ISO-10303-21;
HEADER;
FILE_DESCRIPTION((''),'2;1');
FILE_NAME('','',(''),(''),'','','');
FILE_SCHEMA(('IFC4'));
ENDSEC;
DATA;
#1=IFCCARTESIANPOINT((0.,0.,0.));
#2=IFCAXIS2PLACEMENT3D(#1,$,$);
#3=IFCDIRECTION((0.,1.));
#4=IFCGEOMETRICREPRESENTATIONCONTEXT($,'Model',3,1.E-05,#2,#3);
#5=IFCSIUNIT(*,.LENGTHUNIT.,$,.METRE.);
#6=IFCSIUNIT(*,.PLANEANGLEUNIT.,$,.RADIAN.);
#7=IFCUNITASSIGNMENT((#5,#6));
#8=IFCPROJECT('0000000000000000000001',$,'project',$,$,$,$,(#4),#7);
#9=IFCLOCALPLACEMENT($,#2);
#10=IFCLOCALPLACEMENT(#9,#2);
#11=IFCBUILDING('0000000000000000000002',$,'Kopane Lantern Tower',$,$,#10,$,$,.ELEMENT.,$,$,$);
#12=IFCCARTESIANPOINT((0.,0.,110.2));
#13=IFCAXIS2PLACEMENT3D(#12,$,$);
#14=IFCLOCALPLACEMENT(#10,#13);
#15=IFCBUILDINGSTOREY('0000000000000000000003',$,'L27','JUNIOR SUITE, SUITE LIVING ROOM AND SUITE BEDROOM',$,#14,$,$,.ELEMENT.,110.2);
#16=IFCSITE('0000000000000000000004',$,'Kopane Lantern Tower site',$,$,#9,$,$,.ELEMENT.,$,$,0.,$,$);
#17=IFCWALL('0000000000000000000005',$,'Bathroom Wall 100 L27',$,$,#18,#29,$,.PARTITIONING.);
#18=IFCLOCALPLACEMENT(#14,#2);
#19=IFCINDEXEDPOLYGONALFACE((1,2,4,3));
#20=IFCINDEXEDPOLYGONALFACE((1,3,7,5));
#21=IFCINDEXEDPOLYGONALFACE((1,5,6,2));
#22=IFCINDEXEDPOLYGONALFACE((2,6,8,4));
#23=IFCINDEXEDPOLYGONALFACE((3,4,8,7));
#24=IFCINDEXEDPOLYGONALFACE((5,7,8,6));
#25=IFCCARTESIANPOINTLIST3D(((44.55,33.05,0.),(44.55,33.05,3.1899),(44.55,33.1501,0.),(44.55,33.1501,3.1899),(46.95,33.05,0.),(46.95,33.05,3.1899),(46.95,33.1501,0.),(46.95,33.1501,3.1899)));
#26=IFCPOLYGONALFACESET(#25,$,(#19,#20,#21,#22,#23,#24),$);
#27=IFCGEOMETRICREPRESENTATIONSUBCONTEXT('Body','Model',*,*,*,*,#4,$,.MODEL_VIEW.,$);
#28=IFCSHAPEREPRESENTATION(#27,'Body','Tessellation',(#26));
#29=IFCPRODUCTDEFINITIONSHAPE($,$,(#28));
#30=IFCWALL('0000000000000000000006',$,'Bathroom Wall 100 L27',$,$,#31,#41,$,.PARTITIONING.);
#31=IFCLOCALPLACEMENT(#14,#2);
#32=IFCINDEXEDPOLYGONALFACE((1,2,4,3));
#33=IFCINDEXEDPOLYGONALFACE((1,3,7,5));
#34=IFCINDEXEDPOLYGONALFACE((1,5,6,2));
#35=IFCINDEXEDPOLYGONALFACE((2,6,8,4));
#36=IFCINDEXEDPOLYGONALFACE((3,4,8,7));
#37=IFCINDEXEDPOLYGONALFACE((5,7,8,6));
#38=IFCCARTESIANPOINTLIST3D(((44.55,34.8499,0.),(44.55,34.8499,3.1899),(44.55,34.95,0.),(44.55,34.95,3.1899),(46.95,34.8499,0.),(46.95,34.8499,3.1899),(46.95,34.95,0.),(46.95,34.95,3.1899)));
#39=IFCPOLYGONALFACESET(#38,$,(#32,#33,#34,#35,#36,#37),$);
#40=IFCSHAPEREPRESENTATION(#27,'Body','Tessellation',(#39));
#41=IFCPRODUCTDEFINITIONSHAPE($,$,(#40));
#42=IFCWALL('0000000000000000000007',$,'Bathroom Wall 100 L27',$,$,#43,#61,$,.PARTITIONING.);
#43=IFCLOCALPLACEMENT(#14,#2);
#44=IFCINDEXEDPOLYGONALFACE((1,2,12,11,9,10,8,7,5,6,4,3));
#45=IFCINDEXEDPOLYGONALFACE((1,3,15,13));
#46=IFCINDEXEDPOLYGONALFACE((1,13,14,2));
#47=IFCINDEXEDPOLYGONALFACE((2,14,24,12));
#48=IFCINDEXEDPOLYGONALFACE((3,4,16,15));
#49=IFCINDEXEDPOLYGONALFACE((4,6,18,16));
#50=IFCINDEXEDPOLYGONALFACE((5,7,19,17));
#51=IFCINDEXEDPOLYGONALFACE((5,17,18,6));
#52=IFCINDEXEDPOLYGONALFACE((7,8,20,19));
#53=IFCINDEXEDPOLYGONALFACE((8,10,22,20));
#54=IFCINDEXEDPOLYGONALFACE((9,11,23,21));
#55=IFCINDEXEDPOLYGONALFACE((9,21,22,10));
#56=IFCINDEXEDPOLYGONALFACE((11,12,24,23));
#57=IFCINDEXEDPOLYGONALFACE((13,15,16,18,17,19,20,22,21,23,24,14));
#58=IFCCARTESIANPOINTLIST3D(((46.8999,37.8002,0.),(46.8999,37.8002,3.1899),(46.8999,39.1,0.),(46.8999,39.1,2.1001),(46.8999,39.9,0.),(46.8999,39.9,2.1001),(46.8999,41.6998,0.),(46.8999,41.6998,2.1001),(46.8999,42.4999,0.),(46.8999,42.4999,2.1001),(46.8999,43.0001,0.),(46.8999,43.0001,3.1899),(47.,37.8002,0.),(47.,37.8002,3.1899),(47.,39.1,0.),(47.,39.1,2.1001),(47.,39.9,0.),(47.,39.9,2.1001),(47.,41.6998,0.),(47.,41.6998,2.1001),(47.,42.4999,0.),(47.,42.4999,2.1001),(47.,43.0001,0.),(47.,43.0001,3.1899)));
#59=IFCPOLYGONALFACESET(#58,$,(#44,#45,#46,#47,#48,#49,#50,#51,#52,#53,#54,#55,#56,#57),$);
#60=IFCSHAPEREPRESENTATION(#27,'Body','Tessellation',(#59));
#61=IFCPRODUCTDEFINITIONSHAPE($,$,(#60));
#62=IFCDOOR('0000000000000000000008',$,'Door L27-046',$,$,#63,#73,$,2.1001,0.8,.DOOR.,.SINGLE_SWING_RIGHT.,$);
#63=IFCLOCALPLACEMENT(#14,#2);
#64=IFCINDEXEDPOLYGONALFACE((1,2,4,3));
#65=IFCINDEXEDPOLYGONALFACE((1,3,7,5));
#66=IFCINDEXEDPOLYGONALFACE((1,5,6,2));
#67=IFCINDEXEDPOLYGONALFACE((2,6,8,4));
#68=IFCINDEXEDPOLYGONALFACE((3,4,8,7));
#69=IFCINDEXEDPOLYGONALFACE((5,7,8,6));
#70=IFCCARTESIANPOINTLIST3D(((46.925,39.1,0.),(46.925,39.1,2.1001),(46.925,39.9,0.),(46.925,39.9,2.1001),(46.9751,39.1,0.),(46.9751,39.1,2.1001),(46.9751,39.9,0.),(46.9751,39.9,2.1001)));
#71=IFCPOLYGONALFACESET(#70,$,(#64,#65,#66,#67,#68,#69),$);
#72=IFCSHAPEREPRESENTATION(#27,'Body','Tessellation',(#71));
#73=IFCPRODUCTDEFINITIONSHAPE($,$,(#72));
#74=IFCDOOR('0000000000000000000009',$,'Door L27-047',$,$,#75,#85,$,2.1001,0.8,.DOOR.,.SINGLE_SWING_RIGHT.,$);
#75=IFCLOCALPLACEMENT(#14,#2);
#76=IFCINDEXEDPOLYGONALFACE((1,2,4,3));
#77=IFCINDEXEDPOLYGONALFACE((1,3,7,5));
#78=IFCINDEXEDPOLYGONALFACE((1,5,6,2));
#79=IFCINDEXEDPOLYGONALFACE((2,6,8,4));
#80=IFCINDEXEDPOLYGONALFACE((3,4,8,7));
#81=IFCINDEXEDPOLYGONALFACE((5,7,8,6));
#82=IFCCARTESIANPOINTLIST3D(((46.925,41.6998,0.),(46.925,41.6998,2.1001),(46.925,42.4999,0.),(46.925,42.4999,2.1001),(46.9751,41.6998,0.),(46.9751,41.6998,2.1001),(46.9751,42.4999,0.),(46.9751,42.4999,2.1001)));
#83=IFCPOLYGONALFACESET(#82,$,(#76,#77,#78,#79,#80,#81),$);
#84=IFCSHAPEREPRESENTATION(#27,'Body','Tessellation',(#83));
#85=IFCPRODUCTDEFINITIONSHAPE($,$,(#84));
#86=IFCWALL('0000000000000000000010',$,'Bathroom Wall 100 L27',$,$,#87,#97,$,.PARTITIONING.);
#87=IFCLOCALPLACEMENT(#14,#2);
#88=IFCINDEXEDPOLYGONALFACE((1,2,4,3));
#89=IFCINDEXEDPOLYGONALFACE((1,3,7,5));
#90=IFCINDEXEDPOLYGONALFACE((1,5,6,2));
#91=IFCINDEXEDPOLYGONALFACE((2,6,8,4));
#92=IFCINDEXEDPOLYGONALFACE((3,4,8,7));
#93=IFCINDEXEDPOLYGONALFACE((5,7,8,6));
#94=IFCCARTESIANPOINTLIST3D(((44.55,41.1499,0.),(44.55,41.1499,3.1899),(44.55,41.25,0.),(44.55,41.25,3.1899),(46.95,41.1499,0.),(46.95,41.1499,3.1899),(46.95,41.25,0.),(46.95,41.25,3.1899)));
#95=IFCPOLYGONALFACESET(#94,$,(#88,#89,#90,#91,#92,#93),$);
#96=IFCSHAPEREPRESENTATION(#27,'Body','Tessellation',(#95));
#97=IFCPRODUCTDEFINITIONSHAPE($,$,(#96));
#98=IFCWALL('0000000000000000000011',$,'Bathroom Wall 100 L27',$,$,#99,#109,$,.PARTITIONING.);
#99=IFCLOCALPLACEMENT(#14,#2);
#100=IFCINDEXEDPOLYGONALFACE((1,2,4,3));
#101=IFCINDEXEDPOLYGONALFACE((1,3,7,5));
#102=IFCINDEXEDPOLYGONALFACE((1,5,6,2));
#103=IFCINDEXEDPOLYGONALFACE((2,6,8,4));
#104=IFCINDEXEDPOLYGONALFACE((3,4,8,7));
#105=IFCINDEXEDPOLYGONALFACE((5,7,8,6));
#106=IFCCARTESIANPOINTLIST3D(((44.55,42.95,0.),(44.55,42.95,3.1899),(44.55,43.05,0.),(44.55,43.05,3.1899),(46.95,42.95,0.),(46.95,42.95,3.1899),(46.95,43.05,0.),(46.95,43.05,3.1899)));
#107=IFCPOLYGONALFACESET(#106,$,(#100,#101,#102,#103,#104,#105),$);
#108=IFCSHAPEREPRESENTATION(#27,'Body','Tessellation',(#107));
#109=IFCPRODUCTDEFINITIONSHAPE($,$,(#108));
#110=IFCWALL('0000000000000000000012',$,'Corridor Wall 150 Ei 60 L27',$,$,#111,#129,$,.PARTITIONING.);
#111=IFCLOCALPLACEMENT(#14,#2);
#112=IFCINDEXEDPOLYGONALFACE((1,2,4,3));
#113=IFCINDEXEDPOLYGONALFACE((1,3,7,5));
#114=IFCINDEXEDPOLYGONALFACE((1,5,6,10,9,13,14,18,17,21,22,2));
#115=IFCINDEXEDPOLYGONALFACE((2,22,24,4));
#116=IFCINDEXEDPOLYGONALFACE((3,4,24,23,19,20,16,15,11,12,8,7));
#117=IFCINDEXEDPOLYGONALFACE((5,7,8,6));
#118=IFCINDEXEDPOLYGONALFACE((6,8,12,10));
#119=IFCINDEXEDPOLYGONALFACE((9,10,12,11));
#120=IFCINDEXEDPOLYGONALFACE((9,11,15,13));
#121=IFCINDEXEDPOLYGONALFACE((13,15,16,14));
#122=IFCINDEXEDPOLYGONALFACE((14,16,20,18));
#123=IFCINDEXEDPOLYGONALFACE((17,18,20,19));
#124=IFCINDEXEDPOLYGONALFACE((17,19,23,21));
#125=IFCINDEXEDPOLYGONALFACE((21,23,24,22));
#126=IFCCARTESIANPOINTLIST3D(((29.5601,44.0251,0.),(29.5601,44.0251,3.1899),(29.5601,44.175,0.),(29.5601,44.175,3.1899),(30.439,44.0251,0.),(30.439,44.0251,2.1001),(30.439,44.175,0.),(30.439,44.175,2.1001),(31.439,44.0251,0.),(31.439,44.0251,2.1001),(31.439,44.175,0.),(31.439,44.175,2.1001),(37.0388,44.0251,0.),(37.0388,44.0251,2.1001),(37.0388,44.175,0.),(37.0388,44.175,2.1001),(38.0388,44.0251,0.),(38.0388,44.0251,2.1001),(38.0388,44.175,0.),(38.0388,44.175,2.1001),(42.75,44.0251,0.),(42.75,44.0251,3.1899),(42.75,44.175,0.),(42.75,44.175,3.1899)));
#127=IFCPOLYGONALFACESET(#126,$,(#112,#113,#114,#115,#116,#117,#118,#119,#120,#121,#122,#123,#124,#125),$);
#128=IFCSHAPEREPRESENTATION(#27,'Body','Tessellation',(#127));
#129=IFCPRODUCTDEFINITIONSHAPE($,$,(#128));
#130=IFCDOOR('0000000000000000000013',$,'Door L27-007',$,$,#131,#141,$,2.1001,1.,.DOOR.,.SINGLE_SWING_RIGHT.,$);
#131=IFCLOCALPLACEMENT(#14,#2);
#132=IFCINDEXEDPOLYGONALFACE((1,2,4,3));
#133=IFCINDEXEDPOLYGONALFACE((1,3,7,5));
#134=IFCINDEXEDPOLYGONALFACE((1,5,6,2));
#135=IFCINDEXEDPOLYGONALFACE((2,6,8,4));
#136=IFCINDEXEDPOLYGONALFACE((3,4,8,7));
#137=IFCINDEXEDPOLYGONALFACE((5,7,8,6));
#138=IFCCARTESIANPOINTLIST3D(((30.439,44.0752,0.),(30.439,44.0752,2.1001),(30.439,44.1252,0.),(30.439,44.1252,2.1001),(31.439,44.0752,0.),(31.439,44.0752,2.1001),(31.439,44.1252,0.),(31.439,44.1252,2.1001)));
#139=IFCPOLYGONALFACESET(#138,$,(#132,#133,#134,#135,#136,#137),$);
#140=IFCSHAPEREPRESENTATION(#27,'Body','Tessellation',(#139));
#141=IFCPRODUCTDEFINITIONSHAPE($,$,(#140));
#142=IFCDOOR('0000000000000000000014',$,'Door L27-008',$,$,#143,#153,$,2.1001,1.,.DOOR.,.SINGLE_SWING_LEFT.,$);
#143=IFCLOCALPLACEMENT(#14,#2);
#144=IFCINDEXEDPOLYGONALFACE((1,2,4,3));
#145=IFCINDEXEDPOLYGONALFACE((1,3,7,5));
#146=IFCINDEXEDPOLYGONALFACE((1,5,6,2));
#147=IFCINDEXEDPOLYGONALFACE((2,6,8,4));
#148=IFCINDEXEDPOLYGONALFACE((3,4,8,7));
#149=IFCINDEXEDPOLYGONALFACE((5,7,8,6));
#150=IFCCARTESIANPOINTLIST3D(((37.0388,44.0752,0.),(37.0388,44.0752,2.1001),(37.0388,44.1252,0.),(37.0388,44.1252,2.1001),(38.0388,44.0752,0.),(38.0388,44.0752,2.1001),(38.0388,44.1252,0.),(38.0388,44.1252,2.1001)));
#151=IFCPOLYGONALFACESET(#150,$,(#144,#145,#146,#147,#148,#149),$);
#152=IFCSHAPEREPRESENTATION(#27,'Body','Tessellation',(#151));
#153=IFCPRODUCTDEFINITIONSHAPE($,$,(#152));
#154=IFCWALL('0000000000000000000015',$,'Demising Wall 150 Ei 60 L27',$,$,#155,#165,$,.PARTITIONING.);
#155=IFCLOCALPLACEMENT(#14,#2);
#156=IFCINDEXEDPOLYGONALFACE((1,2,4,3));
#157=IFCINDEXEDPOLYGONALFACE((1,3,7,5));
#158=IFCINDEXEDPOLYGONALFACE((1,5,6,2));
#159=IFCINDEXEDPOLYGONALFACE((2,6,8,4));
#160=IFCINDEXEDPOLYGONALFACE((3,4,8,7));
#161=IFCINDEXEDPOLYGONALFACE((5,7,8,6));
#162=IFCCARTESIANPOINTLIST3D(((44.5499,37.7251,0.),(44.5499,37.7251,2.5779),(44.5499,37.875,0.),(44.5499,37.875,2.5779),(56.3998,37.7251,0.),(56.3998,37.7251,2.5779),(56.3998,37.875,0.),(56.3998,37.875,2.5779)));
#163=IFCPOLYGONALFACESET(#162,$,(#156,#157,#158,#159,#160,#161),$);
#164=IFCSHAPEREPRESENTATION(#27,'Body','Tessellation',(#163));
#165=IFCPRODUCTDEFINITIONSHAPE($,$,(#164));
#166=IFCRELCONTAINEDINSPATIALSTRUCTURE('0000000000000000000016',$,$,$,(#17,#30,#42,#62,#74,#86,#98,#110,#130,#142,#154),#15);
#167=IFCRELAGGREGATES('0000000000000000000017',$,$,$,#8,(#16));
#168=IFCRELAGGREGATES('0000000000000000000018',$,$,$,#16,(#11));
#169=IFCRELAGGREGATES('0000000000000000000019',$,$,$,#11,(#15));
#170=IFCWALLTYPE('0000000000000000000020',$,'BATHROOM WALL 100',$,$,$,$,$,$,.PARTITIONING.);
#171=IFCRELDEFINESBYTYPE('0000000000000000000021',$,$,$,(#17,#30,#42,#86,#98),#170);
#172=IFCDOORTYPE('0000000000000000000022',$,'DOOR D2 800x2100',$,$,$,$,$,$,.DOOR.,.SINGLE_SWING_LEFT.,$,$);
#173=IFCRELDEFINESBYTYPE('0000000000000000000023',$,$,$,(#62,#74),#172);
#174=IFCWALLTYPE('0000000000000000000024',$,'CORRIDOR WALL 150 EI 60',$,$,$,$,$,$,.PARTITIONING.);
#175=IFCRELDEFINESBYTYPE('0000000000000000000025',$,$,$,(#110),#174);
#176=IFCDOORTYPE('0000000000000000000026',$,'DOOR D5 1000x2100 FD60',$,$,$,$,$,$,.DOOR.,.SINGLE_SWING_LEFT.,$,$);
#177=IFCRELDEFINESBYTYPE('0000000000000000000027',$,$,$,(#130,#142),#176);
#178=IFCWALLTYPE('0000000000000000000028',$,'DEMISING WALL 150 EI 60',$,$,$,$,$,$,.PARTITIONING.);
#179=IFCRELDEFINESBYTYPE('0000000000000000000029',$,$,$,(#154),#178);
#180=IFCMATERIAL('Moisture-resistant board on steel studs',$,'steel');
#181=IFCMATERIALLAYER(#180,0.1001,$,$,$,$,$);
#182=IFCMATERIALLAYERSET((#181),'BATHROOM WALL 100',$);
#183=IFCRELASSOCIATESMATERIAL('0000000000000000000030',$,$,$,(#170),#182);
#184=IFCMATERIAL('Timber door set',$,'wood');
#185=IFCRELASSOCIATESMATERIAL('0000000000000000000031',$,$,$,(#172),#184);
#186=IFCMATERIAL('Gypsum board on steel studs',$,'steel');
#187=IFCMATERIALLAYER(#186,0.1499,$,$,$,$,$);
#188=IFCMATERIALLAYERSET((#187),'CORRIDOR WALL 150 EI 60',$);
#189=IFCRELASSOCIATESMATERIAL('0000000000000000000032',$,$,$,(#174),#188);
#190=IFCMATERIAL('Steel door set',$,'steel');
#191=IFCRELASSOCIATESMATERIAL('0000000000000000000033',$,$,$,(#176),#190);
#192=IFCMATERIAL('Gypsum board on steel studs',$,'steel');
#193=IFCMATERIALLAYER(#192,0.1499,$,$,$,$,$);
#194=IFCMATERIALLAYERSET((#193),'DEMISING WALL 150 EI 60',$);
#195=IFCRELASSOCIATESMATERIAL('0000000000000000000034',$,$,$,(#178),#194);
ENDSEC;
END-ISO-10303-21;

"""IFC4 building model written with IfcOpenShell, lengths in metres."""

from ifc_helpers import new_model, si_unit, direction, frame, frame_2d, origin, place, context, subcontext, project, spatial, rectangle, extrude, material, layer, layer_set, type_object, element, fill, save


model = new_model("IFC4")

# Units and contexts
model_context = context("Model", 3, precision=1e-05, world=origin(), true_north=direction((0.0, 1.0)))
body_context = subcontext(model_context, "Body", "Model", "MODEL_VIEW")
ifc_project = project(units=[si_unit("LENGTHUNIT", "METRE"), si_unit("PLANEANGLEUNIT", "RADIAN")], contexts=[model_context])

# Site, building, storey
site_placement = place(None, origin())
site = spatial("IfcSite", under=ifc_project, at=site_placement, Name="Kopane Lantern Tower site", CompositionType="ELEMENT", RefElevation=0.0)
building_placement = place(site_placement, origin())
building = spatial("IfcBuilding", under=site, at=building_placement, Name="Kopane Lantern Tower", CompositionType="ELEMENT")
storey_placement = place(building_placement, frame((0.0, 0.0, 110.2)))
storey = spatial("IfcBuildingStorey", under=building, at=storey_placement, Name="L27", Description="JUNIOR SUITE, SUITE LIVING ROOM AND SUITE BEDROOM", CompositionType="ELEMENT", Elevation=110.2)

# Walls
ifc_material_1 = material(Name="Moisture-resistant board on steel studs", Category="steel")
ifc_layer_1 = layer(ifc_material_1, 0.1001)
ifc_layer_set_1 = layer_set([ifc_layer_1], Name="BATHROOM WALL 100")
wall_type_1 = type_object("IfcWallType", Name="BATHROOM WALL 100", PredefinedType="PARTITIONING", material=ifc_layer_set_1)
for number, where, z_axis, x_axis, name in (
    (1, (44.55, 33.1001, 0.0), (0.0, 0.0, 1.0), (1.0, 0.0, 0.0), "Bathroom Wall 100 L27"),
    (2, (44.55, 34.8999, 0.0), (0.0, 0.0, 1.0), (1.0, 0.0, 0.0), "Bathroom Wall 100 L27"),
):
    element("IfcWall", number, at=place(storey_placement, frame(where, z_axis=z_axis, x_axis=x_axis)), inside=storey, type_object=wall_type_1, Name=name, PredefinedType="PARTITIONING", context=body_context, shape_type="SweptSolid", body=[
        extrude(rectangle(XDim=2.3999, YDim=0.1001, at=frame_2d((1.2, 0.0))), origin(), (0.0, 0.0, 1.0), 3.1899),
    ])

# Wall, openings, doors
wall_1_placement = place(storey_placement, frame((46.95, 37.8, 0.0), z_axis=(0.0, 0.0, 1.0), x_axis=(0.0, 1.0, 0.0)))
wall_1 = element("IfcWall", 3, at=wall_1_placement, inside=storey, type_object=wall_type_1, Name="Bathroom Wall 100 L27", PredefinedType="PARTITIONING", context=body_context, shape_type="SweptSolid", body=[
    extrude(rectangle(XDim=5.2, YDim=0.1001, at=frame_2d((2.6001, 0.0))), origin(), (0.0, 0.0, 1.0), 3.1899),
])
opening_1_placement = place(wall_1_placement, frame((1.3, 0.0, 0.0)))
opening_1 = element("IfcOpeningElement", 4, at=opening_1_placement, cuts=wall_1, PredefinedType="OPENING", context=body_context, shape_type="SweptSolid", body=[
    extrude(rectangle(XDim=0.8, YDim=2.1001, at=frame_2d((0.3999, 1.05))), frame((0.0, 0.0601, 0.0), z_axis=(0.0, -1.0, 0.0), x_axis=(1.0, 0.0, 0.0)), (0.0, 0.0, 1.0), 0.1201),
])
opening_2_placement = place(wall_1_placement, frame((3.8999, 0.0, 0.0)))
opening_2 = element("IfcOpeningElement", 5, at=opening_2_placement, cuts=wall_1, PredefinedType="OPENING", context=body_context, shape_type="SweptSolid", body=[
    extrude(rectangle(XDim=0.8, YDim=2.1001, at=frame_2d((0.3999, 1.05))), frame((0.0, 0.0601, 0.0), z_axis=(0.0, -1.0, 0.0), x_axis=(1.0, 0.0, 0.0)), (0.0, 0.0, 1.0), 0.1201),
])
ifc_material_2 = material(Name="Timber door set", Category="wood")
door_type_1 = type_object("IfcDoorType", Name="DOOR D2 800x2100", OperationType="SINGLE_SWING_LEFT", PredefinedType="DOOR", material=ifc_material_2)
door_1_placement = place(opening_1_placement, origin())
door_1 = element("IfcDoor", 6, at=door_1_placement, inside=storey, type_object=door_type_1, Name="Door L27-046", OperationType="SINGLE_SWING_RIGHT", OverallHeight=2.1001, OverallWidth=0.8, PredefinedType="DOOR", context=body_context, shape_type="SweptSolid", body=[
    extrude(rectangle(XDim=0.8, YDim=2.1001, at=frame_2d((0.3999, 1.05))), frame((0.0, 0.0249, 0.0), z_axis=(0.0, -1.0, 0.0), x_axis=(1.0, 0.0, 0.0)), (0.0, 0.0, 1.0), 0.05),
])
fill(opening_1, door_1)
door_2_placement = place(opening_2_placement, origin())
door_2 = element("IfcDoor", 7, at=door_2_placement, inside=storey, type_object=door_type_1, Name="Door L27-047", OperationType="SINGLE_SWING_RIGHT", OverallHeight=2.1001, OverallWidth=0.8, PredefinedType="DOOR", context=body_context, shape_type="SweptSolid", body=[
    extrude(rectangle(XDim=0.8, YDim=2.1001, at=frame_2d((0.3999, 1.05))), frame((0.0, 0.0249, 0.0), z_axis=(0.0, -1.0, 0.0), x_axis=(1.0, 0.0, 0.0)), (0.0, 0.0, 1.0), 0.05),
])
fill(opening_2, door_2)

# Walls
for number, where, z_axis, x_axis, name in (
    (8, (44.55, 41.2, 0.0), (0.0, 0.0, 1.0), (1.0, 0.0, 0.0), "Bathroom Wall 100 L27"),
    (9, (44.55, 43.0, 0.0), (0.0, 0.0, 1.0), (1.0, 0.0, 0.0), "Bathroom Wall 100 L27"),
):
    element("IfcWall", number, at=place(storey_placement, frame(where, z_axis=z_axis, x_axis=x_axis)), inside=storey, type_object=wall_type_1, Name=name, PredefinedType="PARTITIONING", context=body_context, shape_type="SweptSolid", body=[
        extrude(rectangle(XDim=2.3999, YDim=0.1001, at=frame_2d((1.2, 0.0))), origin(), (0.0, 0.0, 1.0), 3.1899),
    ])

# Wall, openings, doors
ifc_material_3 = material(Name="Gypsum board on steel studs", Category="steel")
ifc_layer_2 = layer(ifc_material_3, 0.1499)
ifc_layer_set_2 = layer_set([ifc_layer_2], Name="CORRIDOR WALL 150 EI 60")
wall_type_2 = type_object("IfcWallType", Name="CORRIDOR WALL 150 EI 60", PredefinedType="PARTITIONING", material=ifc_layer_set_2)
wall_2_placement = place(storey_placement, frame((42.75, 44.1001, 0.0), z_axis=(0.0, 0.0, 1.0), x_axis=(-1.0, 0.0, 0.0)))
wall_2 = element("IfcWall", 10, at=wall_2_placement, inside=storey, type_object=wall_type_2, Name="Corridor Wall 150 Ei 60 L27", PredefinedType="PARTITIONING", context=body_context, shape_type="SweptSolid", body=[
    extrude(rectangle(XDim=13.1899, YDim=0.1499, at=frame_2d((6.595, 0.0))), origin(), (0.0, 0.0, 1.0), 3.1899),
])
opening_3_placement = place(wall_2_placement, frame((11.311, 0.0, 0.0)))
opening_3 = element("IfcOpeningElement", 11, at=opening_3_placement, cuts=wall_2, PredefinedType="OPENING", context=body_context, shape_type="SweptSolid", body=[
    extrude(rectangle(XDim=1.0, YDim=2.1001, at=frame_2d((0.5, 1.05))), frame((0.0, 0.085, 0.0), z_axis=(0.0, -1.0, 0.0), x_axis=(1.0, 0.0, 0.0)), (0.0, 0.0, 1.0), 0.1699),
])
opening_4_placement = place(wall_2_placement, frame((4.7112, 0.0, 0.0)))
opening_4 = element("IfcOpeningElement", 12, at=opening_4_placement, cuts=wall_2, PredefinedType="OPENING", context=body_context, shape_type="SweptSolid", body=[
    extrude(rectangle(XDim=1.0, YDim=2.1001, at=frame_2d((0.5, 1.05))), frame((0.0, 0.085, 0.0), z_axis=(0.0, -1.0, 0.0), x_axis=(1.0, 0.0, 0.0)), (0.0, 0.0, 1.0), 0.1699),
])
ifc_material_4 = material(Name="Steel door set", Category="steel")
door_type_2 = type_object("IfcDoorType", Name="DOOR D5 1000x2100 FD60", OperationType="SINGLE_SWING_LEFT", PredefinedType="DOOR", material=ifc_material_4)
door_3_placement = place(opening_3_placement, origin())
door_3 = element("IfcDoor", 13, at=door_3_placement, inside=storey, type_object=door_type_2, Name="Door L27-007", OperationType="SINGLE_SWING_RIGHT", OverallHeight=2.1001, OverallWidth=1.0, PredefinedType="DOOR", context=body_context, shape_type="SweptSolid", body=[
    extrude(rectangle(XDim=1.0, YDim=2.1001, at=frame_2d((0.5, 1.05))), frame((0.0, 0.0249, 0.0), z_axis=(0.0, -1.0, 0.0), x_axis=(1.0, 0.0, 0.0)), (0.0, 0.0, 1.0), 0.05),
])
fill(opening_3, door_3)
door_4_placement = place(opening_4_placement, origin())
door_4 = element("IfcDoor", 14, at=door_4_placement, inside=storey, type_object=door_type_2, Name="Door L27-008", OperationType="SINGLE_SWING_LEFT", OverallHeight=2.1001, OverallWidth=1.0, PredefinedType="DOOR", context=body_context, shape_type="SweptSolid", body=[
    extrude(rectangle(XDim=1.0, YDim=2.1001, at=frame_2d((0.5, 1.05))), frame((0.0, 0.0249, 0.0), z_axis=(0.0, -1.0, 0.0), x_axis=(1.0, 0.0, 0.0)), (0.0, 0.0, 1.0), 0.05),
])
fill(opening_4, door_4)

# Wall
ifc_material_5 = material(Name="Gypsum board on steel studs", Category="steel")
ifc_layer_3 = layer(ifc_material_5, 0.1499)
ifc_layer_set_3 = layer_set([ifc_layer_3], Name="DEMISING WALL 150 EI 60")
wall_type_3 = type_object("IfcWallType", Name="DEMISING WALL 150 EI 60", PredefinedType="PARTITIONING", material=ifc_layer_set_3)
wall_3_placement = place(storey_placement, frame((44.55, 37.8, 0.0), z_axis=(0.0, 0.0, 1.0), x_axis=(1.0, 0.0, 0.0)))
element("IfcWall", 15, at=wall_3_placement, inside=storey, type_object=wall_type_3, Name="Demising Wall 150 Ei 60 L27", PredefinedType="PARTITIONING", context=body_context, shape_type="SweptSolid", body=[
    extrude(rectangle(XDim=11.8499, YDim=0.1499, at=frame_2d((5.9248, 0.0))), origin(), (0.0, 0.0, 1.0), 2.5779),
])

save(model, "model.ifc")
